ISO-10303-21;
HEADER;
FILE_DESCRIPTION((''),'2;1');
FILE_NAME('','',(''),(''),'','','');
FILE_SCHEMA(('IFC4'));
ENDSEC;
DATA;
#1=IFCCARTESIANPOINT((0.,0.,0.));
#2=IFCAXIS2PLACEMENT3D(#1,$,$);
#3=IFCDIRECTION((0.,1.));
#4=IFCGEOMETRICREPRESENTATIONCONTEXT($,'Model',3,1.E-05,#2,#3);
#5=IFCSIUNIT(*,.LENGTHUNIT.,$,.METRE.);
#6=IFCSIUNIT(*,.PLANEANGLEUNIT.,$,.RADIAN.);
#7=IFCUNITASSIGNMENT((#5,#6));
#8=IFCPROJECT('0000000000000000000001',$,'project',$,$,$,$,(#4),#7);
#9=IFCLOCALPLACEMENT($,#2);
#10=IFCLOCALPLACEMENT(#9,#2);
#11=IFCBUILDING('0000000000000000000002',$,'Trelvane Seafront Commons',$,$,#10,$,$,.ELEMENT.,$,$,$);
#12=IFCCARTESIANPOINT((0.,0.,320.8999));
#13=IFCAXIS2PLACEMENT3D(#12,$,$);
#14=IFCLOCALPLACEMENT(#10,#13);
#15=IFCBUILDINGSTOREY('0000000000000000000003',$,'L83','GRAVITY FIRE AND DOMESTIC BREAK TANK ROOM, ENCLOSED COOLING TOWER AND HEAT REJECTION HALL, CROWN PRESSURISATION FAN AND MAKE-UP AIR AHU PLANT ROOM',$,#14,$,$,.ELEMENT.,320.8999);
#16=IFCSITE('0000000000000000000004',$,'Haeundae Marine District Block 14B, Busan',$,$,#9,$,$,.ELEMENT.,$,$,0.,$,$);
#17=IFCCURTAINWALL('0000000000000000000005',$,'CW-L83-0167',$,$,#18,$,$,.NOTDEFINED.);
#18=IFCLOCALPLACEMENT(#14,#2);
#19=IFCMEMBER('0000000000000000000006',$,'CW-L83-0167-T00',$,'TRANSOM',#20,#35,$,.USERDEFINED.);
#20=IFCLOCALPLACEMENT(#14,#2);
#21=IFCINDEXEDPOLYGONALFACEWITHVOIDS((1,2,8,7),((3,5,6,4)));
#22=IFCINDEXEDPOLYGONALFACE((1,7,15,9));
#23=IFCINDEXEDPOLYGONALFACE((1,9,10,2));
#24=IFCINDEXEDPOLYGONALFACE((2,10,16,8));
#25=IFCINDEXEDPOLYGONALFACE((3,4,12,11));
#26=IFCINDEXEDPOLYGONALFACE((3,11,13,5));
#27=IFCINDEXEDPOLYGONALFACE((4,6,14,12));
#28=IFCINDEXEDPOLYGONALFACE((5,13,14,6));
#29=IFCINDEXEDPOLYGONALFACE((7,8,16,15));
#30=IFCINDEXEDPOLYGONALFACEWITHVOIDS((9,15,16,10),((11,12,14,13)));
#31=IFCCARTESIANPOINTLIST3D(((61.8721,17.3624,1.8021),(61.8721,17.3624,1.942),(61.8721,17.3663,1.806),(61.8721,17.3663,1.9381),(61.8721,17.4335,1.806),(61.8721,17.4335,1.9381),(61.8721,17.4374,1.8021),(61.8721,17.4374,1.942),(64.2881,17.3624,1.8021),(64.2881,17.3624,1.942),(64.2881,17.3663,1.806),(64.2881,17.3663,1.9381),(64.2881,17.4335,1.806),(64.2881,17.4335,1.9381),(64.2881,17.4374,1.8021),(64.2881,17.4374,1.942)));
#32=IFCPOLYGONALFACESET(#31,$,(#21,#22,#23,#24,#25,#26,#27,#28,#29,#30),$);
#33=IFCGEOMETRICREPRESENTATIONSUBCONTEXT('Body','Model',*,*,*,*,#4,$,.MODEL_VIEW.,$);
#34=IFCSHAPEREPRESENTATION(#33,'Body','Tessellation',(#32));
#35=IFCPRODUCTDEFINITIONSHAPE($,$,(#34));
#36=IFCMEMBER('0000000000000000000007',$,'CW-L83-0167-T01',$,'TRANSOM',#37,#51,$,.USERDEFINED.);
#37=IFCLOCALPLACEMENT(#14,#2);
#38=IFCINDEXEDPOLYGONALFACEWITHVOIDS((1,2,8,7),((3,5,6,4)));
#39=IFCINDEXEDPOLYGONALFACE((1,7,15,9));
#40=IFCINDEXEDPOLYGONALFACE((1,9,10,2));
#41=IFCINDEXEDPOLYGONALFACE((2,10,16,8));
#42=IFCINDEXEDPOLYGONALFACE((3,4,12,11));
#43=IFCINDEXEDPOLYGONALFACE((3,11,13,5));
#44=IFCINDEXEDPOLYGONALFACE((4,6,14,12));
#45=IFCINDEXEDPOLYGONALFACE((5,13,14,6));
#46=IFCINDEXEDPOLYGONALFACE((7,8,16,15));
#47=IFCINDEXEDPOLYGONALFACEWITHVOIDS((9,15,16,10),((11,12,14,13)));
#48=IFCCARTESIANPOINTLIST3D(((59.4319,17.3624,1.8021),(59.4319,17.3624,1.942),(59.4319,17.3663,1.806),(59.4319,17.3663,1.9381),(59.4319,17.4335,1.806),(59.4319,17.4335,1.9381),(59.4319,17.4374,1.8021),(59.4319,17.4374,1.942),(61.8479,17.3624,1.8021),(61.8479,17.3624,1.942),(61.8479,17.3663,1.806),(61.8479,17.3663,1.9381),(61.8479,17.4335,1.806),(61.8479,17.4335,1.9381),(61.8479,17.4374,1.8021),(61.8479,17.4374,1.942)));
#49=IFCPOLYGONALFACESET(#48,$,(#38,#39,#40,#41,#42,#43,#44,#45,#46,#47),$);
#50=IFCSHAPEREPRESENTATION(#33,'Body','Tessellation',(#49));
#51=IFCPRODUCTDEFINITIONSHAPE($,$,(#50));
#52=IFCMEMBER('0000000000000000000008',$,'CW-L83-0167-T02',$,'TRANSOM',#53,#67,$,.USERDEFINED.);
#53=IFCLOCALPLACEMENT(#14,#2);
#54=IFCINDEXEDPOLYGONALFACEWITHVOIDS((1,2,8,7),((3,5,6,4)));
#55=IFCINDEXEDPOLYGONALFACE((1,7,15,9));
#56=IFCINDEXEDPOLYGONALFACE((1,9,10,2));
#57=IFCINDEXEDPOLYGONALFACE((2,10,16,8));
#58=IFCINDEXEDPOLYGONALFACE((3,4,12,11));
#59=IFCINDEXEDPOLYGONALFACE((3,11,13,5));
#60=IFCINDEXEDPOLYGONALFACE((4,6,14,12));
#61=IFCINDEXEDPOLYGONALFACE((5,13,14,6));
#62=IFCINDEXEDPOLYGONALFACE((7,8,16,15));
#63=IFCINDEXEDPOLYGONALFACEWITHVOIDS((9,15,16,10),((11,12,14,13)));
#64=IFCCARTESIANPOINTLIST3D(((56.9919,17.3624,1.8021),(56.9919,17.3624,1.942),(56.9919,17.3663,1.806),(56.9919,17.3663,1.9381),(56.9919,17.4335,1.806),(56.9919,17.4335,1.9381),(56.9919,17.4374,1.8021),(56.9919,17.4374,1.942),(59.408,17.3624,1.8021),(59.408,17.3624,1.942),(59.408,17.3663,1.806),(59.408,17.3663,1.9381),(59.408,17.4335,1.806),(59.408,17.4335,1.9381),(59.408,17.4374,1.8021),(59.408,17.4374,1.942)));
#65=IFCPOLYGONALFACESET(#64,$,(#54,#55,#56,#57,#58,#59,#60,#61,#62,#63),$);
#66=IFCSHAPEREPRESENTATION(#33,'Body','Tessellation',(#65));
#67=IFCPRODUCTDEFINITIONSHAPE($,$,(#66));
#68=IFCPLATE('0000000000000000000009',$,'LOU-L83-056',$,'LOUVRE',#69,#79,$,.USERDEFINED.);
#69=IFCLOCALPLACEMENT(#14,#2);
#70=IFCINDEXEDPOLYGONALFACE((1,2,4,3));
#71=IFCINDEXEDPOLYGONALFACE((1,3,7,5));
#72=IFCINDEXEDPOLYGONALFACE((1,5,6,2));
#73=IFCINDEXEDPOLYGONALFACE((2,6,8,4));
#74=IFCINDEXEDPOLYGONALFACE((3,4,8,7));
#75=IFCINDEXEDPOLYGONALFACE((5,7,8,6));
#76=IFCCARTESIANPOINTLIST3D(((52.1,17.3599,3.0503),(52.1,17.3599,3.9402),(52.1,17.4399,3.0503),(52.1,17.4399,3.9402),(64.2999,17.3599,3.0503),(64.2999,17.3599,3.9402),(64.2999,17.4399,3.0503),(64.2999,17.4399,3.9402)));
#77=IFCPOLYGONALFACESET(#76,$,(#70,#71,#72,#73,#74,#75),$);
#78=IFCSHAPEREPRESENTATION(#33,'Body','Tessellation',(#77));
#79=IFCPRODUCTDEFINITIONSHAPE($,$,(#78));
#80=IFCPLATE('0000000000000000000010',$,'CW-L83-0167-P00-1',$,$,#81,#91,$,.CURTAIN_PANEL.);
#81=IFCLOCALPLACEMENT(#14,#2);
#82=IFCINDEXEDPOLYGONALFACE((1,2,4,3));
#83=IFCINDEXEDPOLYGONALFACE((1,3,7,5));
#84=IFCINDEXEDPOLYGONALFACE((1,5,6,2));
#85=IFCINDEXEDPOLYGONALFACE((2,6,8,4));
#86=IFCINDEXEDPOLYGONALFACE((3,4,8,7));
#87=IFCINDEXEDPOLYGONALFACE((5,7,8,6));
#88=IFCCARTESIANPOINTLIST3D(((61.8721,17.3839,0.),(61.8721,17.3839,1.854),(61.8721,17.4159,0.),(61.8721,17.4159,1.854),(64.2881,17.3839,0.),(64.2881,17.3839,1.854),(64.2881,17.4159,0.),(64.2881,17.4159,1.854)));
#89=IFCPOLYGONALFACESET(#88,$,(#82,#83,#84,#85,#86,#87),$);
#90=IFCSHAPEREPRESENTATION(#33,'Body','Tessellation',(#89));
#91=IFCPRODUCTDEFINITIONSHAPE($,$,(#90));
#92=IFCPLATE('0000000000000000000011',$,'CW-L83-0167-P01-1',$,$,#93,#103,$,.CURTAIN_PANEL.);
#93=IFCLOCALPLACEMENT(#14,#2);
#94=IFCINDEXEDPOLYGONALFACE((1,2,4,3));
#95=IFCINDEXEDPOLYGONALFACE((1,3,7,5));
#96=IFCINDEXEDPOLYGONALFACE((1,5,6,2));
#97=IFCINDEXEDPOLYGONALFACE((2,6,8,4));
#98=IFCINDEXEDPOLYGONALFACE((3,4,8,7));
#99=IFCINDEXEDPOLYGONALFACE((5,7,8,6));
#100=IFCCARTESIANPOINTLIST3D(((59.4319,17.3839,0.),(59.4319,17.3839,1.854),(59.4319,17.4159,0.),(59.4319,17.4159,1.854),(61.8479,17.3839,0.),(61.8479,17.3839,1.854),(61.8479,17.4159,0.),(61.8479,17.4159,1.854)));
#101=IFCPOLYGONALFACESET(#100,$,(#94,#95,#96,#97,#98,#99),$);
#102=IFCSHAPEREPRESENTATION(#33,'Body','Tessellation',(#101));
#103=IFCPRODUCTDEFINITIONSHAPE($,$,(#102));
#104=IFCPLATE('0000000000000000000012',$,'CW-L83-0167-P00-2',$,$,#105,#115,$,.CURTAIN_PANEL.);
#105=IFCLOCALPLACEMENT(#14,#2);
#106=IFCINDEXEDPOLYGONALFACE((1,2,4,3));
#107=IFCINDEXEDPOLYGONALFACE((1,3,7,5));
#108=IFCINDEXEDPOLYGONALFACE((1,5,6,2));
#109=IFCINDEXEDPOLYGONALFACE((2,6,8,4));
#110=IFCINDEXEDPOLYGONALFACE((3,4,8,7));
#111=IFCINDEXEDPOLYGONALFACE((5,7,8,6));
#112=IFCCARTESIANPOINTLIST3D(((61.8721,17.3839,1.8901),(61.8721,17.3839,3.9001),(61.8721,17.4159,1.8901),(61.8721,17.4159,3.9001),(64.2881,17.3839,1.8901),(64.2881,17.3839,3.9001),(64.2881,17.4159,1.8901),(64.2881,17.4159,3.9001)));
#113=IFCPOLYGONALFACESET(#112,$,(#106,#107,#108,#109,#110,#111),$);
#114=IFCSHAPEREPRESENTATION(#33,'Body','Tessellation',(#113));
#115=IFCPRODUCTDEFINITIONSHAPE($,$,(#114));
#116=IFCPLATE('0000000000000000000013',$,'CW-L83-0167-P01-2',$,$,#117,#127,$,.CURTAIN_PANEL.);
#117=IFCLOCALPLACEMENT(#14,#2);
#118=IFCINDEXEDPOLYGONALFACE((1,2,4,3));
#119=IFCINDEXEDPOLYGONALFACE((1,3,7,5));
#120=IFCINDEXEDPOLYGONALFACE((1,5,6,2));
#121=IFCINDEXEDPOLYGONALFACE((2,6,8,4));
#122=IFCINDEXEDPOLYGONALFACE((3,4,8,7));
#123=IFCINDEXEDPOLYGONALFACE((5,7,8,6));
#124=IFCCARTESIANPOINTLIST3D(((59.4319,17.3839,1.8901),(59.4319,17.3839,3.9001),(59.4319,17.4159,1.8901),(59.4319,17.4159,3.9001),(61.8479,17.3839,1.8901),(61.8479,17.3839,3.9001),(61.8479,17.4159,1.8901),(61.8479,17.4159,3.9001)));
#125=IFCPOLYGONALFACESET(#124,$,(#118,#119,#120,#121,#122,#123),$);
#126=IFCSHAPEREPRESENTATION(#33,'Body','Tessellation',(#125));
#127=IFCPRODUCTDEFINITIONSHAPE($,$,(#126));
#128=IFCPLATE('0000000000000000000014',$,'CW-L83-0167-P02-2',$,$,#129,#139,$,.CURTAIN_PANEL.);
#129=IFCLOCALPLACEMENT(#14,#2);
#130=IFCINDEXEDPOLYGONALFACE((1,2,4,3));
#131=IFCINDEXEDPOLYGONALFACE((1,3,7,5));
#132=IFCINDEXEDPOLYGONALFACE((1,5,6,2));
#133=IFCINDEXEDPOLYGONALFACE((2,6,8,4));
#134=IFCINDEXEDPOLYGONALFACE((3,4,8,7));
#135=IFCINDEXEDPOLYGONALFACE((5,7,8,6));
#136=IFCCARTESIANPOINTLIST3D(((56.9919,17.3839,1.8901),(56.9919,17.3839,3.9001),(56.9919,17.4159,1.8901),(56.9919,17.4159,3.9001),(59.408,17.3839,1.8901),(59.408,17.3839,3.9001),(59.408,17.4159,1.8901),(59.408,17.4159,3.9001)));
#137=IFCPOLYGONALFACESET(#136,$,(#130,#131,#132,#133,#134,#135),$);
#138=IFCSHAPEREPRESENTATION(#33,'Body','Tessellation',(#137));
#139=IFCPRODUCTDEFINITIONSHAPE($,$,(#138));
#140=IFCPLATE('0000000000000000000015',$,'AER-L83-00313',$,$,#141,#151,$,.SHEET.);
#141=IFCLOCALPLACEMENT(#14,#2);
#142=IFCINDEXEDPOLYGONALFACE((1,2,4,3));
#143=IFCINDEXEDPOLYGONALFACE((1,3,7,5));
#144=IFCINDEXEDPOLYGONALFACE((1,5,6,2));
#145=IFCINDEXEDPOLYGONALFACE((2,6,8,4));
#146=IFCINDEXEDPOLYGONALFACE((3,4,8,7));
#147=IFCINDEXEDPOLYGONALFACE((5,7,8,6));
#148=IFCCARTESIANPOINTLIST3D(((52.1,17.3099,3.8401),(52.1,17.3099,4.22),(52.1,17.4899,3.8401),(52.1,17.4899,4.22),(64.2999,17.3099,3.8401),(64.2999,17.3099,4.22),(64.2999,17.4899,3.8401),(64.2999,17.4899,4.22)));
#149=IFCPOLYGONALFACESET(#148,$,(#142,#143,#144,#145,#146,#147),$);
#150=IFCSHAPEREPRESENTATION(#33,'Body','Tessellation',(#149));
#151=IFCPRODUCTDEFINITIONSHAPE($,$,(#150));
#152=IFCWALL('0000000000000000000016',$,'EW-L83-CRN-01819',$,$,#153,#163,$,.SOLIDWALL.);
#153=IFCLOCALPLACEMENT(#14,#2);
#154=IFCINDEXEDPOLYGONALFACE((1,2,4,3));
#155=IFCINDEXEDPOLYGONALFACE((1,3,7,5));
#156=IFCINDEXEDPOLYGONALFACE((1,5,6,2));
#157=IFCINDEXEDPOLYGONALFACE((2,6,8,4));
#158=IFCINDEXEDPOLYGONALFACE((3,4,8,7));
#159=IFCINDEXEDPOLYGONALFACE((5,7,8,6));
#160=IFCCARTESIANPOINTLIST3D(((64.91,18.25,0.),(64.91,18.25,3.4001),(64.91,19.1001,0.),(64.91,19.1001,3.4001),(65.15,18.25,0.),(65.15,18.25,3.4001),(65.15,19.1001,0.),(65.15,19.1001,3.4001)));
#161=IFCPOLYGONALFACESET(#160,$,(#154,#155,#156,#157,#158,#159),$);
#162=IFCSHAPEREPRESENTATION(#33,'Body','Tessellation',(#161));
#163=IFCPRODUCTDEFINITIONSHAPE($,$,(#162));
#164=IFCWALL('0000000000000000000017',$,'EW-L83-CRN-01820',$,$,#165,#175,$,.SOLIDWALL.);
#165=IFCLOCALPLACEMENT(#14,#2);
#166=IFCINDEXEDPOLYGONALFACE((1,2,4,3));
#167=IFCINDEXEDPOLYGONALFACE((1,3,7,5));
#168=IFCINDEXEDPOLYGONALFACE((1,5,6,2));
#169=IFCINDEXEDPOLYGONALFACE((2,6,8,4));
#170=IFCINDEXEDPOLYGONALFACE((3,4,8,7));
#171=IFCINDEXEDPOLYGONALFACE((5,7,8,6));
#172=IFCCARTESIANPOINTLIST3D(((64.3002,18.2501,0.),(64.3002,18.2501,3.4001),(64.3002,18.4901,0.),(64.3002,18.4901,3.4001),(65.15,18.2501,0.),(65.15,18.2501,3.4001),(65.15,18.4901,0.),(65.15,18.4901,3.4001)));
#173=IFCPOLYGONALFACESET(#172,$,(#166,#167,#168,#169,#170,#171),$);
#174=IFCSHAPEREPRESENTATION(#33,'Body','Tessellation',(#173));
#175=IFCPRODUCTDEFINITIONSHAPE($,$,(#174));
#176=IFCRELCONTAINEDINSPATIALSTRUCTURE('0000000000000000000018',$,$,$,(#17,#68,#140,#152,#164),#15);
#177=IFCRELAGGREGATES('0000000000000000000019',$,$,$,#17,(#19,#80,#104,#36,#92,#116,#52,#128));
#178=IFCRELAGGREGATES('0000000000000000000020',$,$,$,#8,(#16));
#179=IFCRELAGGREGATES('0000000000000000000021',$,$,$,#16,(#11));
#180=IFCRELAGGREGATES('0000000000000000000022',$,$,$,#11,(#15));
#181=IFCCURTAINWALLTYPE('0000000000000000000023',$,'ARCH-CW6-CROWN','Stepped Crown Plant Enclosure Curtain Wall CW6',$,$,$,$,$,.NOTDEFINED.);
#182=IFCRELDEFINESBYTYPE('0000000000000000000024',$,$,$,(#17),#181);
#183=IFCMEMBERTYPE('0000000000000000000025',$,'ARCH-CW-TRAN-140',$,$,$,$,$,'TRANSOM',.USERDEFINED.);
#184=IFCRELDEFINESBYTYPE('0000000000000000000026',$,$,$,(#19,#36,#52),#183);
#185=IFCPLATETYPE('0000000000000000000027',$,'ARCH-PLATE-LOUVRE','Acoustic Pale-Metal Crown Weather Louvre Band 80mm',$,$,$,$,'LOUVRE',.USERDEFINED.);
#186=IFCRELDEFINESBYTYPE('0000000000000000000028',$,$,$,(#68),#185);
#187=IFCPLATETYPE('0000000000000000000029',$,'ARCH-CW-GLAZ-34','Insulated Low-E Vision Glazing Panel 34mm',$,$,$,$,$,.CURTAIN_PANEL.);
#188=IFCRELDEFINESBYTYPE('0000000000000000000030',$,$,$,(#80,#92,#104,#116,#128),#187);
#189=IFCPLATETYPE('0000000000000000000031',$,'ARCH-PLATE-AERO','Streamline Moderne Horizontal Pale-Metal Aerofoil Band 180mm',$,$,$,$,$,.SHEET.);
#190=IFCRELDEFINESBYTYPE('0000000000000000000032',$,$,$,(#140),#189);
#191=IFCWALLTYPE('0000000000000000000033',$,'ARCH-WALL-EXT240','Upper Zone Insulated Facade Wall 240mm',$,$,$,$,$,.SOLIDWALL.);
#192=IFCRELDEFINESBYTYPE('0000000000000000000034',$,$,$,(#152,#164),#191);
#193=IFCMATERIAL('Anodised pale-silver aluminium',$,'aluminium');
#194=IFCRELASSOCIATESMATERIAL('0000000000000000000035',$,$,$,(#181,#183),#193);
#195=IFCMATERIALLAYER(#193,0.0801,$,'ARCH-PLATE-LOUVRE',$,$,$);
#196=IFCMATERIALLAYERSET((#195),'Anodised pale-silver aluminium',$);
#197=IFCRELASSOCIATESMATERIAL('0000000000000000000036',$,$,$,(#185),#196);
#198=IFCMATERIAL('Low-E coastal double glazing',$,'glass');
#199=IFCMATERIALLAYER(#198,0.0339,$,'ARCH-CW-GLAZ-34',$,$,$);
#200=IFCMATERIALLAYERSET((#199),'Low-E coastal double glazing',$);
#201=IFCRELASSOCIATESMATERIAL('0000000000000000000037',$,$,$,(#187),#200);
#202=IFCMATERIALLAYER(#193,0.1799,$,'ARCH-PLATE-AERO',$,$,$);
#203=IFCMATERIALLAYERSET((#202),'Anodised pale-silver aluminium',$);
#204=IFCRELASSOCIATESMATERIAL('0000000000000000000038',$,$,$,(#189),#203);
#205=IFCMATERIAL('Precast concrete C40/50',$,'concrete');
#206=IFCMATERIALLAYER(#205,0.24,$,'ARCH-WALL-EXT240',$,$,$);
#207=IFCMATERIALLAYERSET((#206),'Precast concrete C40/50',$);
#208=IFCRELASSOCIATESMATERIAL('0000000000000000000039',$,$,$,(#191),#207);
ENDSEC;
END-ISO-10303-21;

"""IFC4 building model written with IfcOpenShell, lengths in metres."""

from ifc_helpers import new_model, si_unit, direction, frame, frame_2d, origin, origin_2d, place, context, subcontext, project, spatial, rectangle, hollow_rectangle, extrude, source, transform, mapped, material, layer, layer_set, material_profile, profile_set, type_object, element, aggregate, save


model = new_model("IFC4")

# Units and contexts
model_context = context("Model", 3, precision=1e-05, world=origin(), true_north=direction((0.0, 1.0)))
body_context = subcontext(model_context, "Body", "Model", "MODEL_VIEW")
ifc_project = project(units=[si_unit("LENGTHUNIT", "METRE"), si_unit("PLANEANGLEUNIT", "RADIAN")], contexts=[model_context])

# Site, building, storey
site_placement = place(None, origin())
site = spatial("IfcSite", under=ifc_project, at=site_placement, Name="Haeundae Marine District Block 14B, Busan", CompositionType="ELEMENT", RefElevation=0.0)
building_placement = place(site_placement, origin())
building = spatial("IfcBuilding", under=site, at=building_placement, Name="Trelvane Seafront Commons", CompositionType="ELEMENT")
storey_placement = place(building_placement, frame((0.0, 0.0, 320.8999)))
storey = spatial("IfcBuildingStorey", under=building, at=storey_placement, Name="L83", Description="GRAVITY FIRE AND DOMESTIC BREAK TANK ROOM, ENCLOSED COOLING TOWER AND HEAT REJECTION HALL, CROWN PRESSURISATION FAN AND MAKE-UP AIR AHU PLANT ROOM", CompositionType="ELEMENT", Elevation=320.8999)

# Curtain wall, members
ifc_material_1 = material(Name="Anodised pale-silver aluminium", Category="aluminium")
curtain_wall_type = type_object("IfcCurtainWallType", Name="ARCH-CW6-CROWN", Description="Stepped Crown Plant Enclosure Curtain Wall CW6", PredefinedType="NOTDEFINED", material=ifc_material_1)
curtain_wall_placement = place(storey_placement, origin())
curtain_wall = element("IfcCurtainWall", 1, at=curtain_wall_placement, inside=storey, type_object=curtain_wall_type, Name="CW-L83-0167", PredefinedType="NOTDEFINED")
ifc_material_profile_1 = material_profile(ifc_material_1, hollow_rectangle(XDim=0.075, YDim=0.1399, WallThickness=0.0039, at=origin_2d()), Name="TRAN-75x140x4")
ifc_profile_set_1 = profile_set([ifc_material_profile_1], Name="Anodised pale-silver aluminium")
member_type_1 = type_object("IfcMemberType", Name="ARCH-CW-TRAN-140", ElementType="TRANSOM", PredefinedType="USERDEFINED", material=ifc_profile_set_1)
shared_shape_1 = source(origin(), body_context, "Body", "SweptSolid", [
    extrude(hollow_rectangle(XDim=0.075, YDim=0.1399, WallThickness=0.0039, at=origin_2d()), origin(), (0.0, 0.0, 1.0), 2.416),
])
member_1_placement = place(storey_placement, frame((64.2881, 17.3999, 1.8721), z_axis=(-1.0, 0.0, 0.0), x_axis=(0.0, -1.0, 0.0)))
member_1 = element("IfcMember", 2, at=member_1_placement, type_object=member_type_1, Name="CW-L83-0167-T00", ObjectType="TRANSOM", PredefinedType="USERDEFINED", context=body_context, shape_type="MappedRepresentation", body=[
    mapped(shared_shape_1, transform((0.0, 0.0, 0.0), x_axis=(1.0, 0.0, 0.0), y_axis=(0.0, 1.0, 0.0), z_axis=(0.0, 0.0, 1.0), scale=1.0)),
])
member_2_placement = place(storey_placement, frame((61.8479, 17.3999, 1.8721), z_axis=(-1.0, 0.0, 0.0), x_axis=(0.0, -1.0, 0.0)))
member_2 = element("IfcMember", 3, at=member_2_placement, type_object=member_type_1, Name="CW-L83-0167-T01", ObjectType="TRANSOM", PredefinedType="USERDEFINED", context=body_context, shape_type="MappedRepresentation", body=[
    mapped(shared_shape_1, transform((0.0, 0.0, 0.0), x_axis=(1.0, 0.0, 0.0), y_axis=(0.0, 1.0, 0.0), z_axis=(0.0, 0.0, 1.0), scale=1.0)),
])
member_3_placement = place(storey_placement, frame((59.408, 17.3999, 1.8721), z_axis=(-1.0, 0.0, 0.0), x_axis=(0.0, -1.0, 0.0)))
member_3 = element("IfcMember", 4, at=member_3_placement, type_object=member_type_1, Name="CW-L83-0167-T02", ObjectType="TRANSOM", PredefinedType="USERDEFINED", context=body_context, shape_type="MappedRepresentation", body=[
    mapped(shared_shape_1, transform((0.0, 0.0, 0.0), x_axis=(1.0, 0.0, 0.0), y_axis=(0.0, 1.0, 0.0), z_axis=(0.0, 0.0, 1.0), scale=1.0)),
])

# Plates
ifc_layer_1 = layer(ifc_material_1, 0.0801, Name="ARCH-PLATE-LOUVRE")
ifc_layer_set_1 = layer_set([ifc_layer_1], Name="Anodised pale-silver aluminium")
plate_type_1 = type_object("IfcPlateType", Name="ARCH-PLATE-LOUVRE", Description="Acoustic Pale-Metal Crown Weather Louvre Band 80mm", ElementType="LOUVRE", PredefinedType="USERDEFINED", material=ifc_layer_set_1)
shared_shape_2 = source(origin(), body_context, "Body", "SweptSolid", [
    extrude(rectangle(XDim=12.2, YDim=0.0801, at=origin_2d()), origin(), (0.0, 0.0, 1.0), 0.8899),
])
plate_1_placement = place(storey_placement, frame((58.2, 17.3999, 3.0503), z_axis=(0.0, 0.0, 1.0), x_axis=(-1.0, 0.0, 0.0)))
element("IfcPlate", 5, at=plate_1_placement, inside=storey, type_object=plate_type_1, Name="LOU-L83-056", ObjectType="LOUVRE", PredefinedType="USERDEFINED", context=body_context, shape_type="MappedRepresentation", body=[
    mapped(shared_shape_2, transform((0.0, 0.0, 0.0), x_axis=(1.0, 0.0, 0.0), y_axis=(0.0, 1.0, 0.0), z_axis=(0.0, 0.0, 1.0), scale=1.0)),
])
ifc_material_2 = material(Name="Low-E coastal double glazing", Category="glass")
ifc_layer_2 = layer(ifc_material_2, 0.0339, Name="ARCH-CW-GLAZ-34")
ifc_layer_set_2 = layer_set([ifc_layer_2], Name="Low-E coastal double glazing")
plate_type_2 = type_object("IfcPlateType", Name="ARCH-CW-GLAZ-34", Description="Insulated Low-E Vision Glazing Panel 34mm", PredefinedType="CURTAIN_PANEL", material=ifc_layer_set_2)
shared_shape_3 = source(origin(), body_context, "Body", "SweptSolid", [
    extrude(rectangle(XDim=2.416, YDim=0.032, at=origin_2d()), origin(), (0.0, 0.0, 1.0), 1.854),
])
plate_2_placement = place(storey_placement, frame((63.0801, 17.3999, 0.0), z_axis=(0.0, 0.0, 1.0), x_axis=(-1.0, 0.0, 0.0)))
plate_2 = element("IfcPlate", 6, at=plate_2_placement, type_object=plate_type_2, Name="CW-L83-0167-P00-1", PredefinedType="CURTAIN_PANEL", context=body_context, shape_type="MappedRepresentation", body=[
    mapped(shared_shape_3, transform((0.0, 0.0, 0.0), x_axis=(1.0, 0.0, 0.0), y_axis=(0.0, 1.0, 0.0), z_axis=(0.0, 0.0, 1.0), scale=1.0)),
])
plate_3_placement = place(storey_placement, frame((60.6399, 17.3999, 0.0), z_axis=(0.0, 0.0, 1.0), x_axis=(-1.0, 0.0, 0.0)))
plate_3 = element("IfcPlate", 7, at=plate_3_placement, type_object=plate_type_2, Name="CW-L83-0167-P01-1", PredefinedType="CURTAIN_PANEL", context=body_context, shape_type="MappedRepresentation", body=[
    mapped(shared_shape_3, transform((0.0, 0.0, 0.0), x_axis=(1.0, 0.0, 0.0), y_axis=(0.0, 1.0, 0.0), z_axis=(0.0, 0.0, 1.0), scale=1.0)),
])
shared_shape_4 = source(origin(), body_context, "Body", "SweptSolid", [
    extrude(rectangle(XDim=2.416, YDim=0.032, at=origin_2d()), origin(), (0.0, 0.0, 1.0), 2.01),
])
plate_4_placement = place(storey_placement, frame((63.0801, 17.3999, 1.8901), z_axis=(0.0, 0.0, 1.0), x_axis=(-1.0, 0.0, 0.0)))
plate_4 = element("IfcPlate", 8, at=plate_4_placement, type_object=plate_type_2, Name="CW-L83-0167-P00-2", PredefinedType="CURTAIN_PANEL", context=body_context, shape_type="MappedRepresentation", body=[
    mapped(shared_shape_4, transform((0.0, 0.0, 0.0), x_axis=(1.0, 0.0, 0.0), y_axis=(0.0, 1.0, 0.0), z_axis=(0.0, 0.0, 1.0), scale=1.0)),
])
plate_5_placement = place(storey_placement, frame((60.6399, 17.3999, 1.8901), z_axis=(0.0, 0.0, 1.0), x_axis=(-1.0, 0.0, 0.0)))
plate_5 = element("IfcPlate", 9, at=plate_5_placement, type_object=plate_type_2, Name="CW-L83-0167-P01-2", PredefinedType="CURTAIN_PANEL", context=body_context, shape_type="MappedRepresentation", body=[
    mapped(shared_shape_4, transform((0.0, 0.0, 0.0), x_axis=(1.0, 0.0, 0.0), y_axis=(0.0, 1.0, 0.0), z_axis=(0.0, 0.0, 1.0), scale=1.0)),
])
plate_6_placement = place(storey_placement, frame((58.2, 17.3999, 1.8901), z_axis=(0.0, 0.0, 1.0), x_axis=(-1.0, 0.0, 0.0)))
plate_6 = element("IfcPlate", 10, at=plate_6_placement, type_object=plate_type_2, Name="CW-L83-0167-P02-2", PredefinedType="CURTAIN_PANEL", context=body_context, shape_type="MappedRepresentation", body=[
    mapped(shared_shape_4, transform((0.0, 0.0, 0.0), x_axis=(1.0, 0.0, 0.0), y_axis=(0.0, 1.0, 0.0), z_axis=(0.0, 0.0, 1.0), scale=1.0)),
])
aggregate(curtain_wall, [member_1, plate_2, plate_4, member_2, plate_3, plate_5, member_3, plate_6])
ifc_layer_3 = layer(ifc_material_1, 0.1799, Name="ARCH-PLATE-AERO")
ifc_layer_set_3 = layer_set([ifc_layer_3], Name="Anodised pale-silver aluminium")
plate_type_3 = type_object("IfcPlateType", Name="ARCH-PLATE-AERO", Description="Streamline Moderne Horizontal Pale-Metal Aerofoil Band 180mm", PredefinedType="SHEET", material=ifc_layer_set_3)
shared_shape_5 = source(origin(), body_context, "Body", "SweptSolid", [
    extrude(rectangle(XDim=12.2, YDim=0.1799, at=origin_2d()), origin(), (0.0, 0.0, 1.0), 0.3799),
])
plate_7_placement = place(storey_placement, frame((58.2, 17.3999, 3.8401), z_axis=(0.0, 0.0, 1.0), x_axis=(-1.0, 0.0, 0.0)))
element("IfcPlate", 11, at=plate_7_placement, inside=storey, type_object=plate_type_3, Name="AER-L83-00313", PredefinedType="SHEET", context=body_context, shape_type="MappedRepresentation", body=[
    mapped(shared_shape_5, transform((0.0, 0.0, 0.0), x_axis=(1.0, 0.0, 0.0), y_axis=(0.0, 1.0, 0.0), z_axis=(0.0, 0.0, 1.0), scale=1.0)),
])

# Walls
ifc_material_3 = material(Name="Precast concrete C40/50", Category="concrete")
ifc_layer_4 = layer(ifc_material_3, 0.24, Name="ARCH-WALL-EXT240")
ifc_layer_set_4 = layer_set([ifc_layer_4], Name="Precast concrete C40/50")
wall_type = type_object("IfcWallType", Name="ARCH-WALL-EXT240", Description="Upper Zone Insulated Facade Wall 240mm", PredefinedType="SOLIDWALL", material=ifc_layer_set_4)
wall_1_placement = place(storey_placement, frame((65.03, 19.1001, 0.0), z_axis=(0.0, 0.0, 1.0), x_axis=(0.0, -1.0, 0.0)))
element("IfcWall", 12, at=wall_1_placement, inside=storey, type_object=wall_type, Name="EW-L83-CRN-01819", PredefinedType="SOLIDWALL", context=body_context, shape_type="SweptSolid", body=[
    extrude(rectangle(XDim=0.8501, YDim=0.24, at=frame_2d((0.425, 0.0))), origin(), (0.0, 0.0, 1.0), 3.4001),
])
wall_2_placement = place(storey_placement, frame((65.1499, 18.3701, 0.0), z_axis=(0.0, 0.0, 1.0), x_axis=(-1.0, 0.0, 0.0)))
element("IfcWall", 13, at=wall_2_placement, inside=storey, type_object=wall_type, Name="EW-L83-CRN-01820", PredefinedType="SOLIDWALL", context=body_context, shape_type="SweptSolid", body=[
    extrude(rectangle(XDim=0.8499, YDim=0.24, at=frame_2d((0.4248, 0.0))), origin(), (0.0, 0.0, 1.0), 3.4001),
])

save(model, "model.ifc")
